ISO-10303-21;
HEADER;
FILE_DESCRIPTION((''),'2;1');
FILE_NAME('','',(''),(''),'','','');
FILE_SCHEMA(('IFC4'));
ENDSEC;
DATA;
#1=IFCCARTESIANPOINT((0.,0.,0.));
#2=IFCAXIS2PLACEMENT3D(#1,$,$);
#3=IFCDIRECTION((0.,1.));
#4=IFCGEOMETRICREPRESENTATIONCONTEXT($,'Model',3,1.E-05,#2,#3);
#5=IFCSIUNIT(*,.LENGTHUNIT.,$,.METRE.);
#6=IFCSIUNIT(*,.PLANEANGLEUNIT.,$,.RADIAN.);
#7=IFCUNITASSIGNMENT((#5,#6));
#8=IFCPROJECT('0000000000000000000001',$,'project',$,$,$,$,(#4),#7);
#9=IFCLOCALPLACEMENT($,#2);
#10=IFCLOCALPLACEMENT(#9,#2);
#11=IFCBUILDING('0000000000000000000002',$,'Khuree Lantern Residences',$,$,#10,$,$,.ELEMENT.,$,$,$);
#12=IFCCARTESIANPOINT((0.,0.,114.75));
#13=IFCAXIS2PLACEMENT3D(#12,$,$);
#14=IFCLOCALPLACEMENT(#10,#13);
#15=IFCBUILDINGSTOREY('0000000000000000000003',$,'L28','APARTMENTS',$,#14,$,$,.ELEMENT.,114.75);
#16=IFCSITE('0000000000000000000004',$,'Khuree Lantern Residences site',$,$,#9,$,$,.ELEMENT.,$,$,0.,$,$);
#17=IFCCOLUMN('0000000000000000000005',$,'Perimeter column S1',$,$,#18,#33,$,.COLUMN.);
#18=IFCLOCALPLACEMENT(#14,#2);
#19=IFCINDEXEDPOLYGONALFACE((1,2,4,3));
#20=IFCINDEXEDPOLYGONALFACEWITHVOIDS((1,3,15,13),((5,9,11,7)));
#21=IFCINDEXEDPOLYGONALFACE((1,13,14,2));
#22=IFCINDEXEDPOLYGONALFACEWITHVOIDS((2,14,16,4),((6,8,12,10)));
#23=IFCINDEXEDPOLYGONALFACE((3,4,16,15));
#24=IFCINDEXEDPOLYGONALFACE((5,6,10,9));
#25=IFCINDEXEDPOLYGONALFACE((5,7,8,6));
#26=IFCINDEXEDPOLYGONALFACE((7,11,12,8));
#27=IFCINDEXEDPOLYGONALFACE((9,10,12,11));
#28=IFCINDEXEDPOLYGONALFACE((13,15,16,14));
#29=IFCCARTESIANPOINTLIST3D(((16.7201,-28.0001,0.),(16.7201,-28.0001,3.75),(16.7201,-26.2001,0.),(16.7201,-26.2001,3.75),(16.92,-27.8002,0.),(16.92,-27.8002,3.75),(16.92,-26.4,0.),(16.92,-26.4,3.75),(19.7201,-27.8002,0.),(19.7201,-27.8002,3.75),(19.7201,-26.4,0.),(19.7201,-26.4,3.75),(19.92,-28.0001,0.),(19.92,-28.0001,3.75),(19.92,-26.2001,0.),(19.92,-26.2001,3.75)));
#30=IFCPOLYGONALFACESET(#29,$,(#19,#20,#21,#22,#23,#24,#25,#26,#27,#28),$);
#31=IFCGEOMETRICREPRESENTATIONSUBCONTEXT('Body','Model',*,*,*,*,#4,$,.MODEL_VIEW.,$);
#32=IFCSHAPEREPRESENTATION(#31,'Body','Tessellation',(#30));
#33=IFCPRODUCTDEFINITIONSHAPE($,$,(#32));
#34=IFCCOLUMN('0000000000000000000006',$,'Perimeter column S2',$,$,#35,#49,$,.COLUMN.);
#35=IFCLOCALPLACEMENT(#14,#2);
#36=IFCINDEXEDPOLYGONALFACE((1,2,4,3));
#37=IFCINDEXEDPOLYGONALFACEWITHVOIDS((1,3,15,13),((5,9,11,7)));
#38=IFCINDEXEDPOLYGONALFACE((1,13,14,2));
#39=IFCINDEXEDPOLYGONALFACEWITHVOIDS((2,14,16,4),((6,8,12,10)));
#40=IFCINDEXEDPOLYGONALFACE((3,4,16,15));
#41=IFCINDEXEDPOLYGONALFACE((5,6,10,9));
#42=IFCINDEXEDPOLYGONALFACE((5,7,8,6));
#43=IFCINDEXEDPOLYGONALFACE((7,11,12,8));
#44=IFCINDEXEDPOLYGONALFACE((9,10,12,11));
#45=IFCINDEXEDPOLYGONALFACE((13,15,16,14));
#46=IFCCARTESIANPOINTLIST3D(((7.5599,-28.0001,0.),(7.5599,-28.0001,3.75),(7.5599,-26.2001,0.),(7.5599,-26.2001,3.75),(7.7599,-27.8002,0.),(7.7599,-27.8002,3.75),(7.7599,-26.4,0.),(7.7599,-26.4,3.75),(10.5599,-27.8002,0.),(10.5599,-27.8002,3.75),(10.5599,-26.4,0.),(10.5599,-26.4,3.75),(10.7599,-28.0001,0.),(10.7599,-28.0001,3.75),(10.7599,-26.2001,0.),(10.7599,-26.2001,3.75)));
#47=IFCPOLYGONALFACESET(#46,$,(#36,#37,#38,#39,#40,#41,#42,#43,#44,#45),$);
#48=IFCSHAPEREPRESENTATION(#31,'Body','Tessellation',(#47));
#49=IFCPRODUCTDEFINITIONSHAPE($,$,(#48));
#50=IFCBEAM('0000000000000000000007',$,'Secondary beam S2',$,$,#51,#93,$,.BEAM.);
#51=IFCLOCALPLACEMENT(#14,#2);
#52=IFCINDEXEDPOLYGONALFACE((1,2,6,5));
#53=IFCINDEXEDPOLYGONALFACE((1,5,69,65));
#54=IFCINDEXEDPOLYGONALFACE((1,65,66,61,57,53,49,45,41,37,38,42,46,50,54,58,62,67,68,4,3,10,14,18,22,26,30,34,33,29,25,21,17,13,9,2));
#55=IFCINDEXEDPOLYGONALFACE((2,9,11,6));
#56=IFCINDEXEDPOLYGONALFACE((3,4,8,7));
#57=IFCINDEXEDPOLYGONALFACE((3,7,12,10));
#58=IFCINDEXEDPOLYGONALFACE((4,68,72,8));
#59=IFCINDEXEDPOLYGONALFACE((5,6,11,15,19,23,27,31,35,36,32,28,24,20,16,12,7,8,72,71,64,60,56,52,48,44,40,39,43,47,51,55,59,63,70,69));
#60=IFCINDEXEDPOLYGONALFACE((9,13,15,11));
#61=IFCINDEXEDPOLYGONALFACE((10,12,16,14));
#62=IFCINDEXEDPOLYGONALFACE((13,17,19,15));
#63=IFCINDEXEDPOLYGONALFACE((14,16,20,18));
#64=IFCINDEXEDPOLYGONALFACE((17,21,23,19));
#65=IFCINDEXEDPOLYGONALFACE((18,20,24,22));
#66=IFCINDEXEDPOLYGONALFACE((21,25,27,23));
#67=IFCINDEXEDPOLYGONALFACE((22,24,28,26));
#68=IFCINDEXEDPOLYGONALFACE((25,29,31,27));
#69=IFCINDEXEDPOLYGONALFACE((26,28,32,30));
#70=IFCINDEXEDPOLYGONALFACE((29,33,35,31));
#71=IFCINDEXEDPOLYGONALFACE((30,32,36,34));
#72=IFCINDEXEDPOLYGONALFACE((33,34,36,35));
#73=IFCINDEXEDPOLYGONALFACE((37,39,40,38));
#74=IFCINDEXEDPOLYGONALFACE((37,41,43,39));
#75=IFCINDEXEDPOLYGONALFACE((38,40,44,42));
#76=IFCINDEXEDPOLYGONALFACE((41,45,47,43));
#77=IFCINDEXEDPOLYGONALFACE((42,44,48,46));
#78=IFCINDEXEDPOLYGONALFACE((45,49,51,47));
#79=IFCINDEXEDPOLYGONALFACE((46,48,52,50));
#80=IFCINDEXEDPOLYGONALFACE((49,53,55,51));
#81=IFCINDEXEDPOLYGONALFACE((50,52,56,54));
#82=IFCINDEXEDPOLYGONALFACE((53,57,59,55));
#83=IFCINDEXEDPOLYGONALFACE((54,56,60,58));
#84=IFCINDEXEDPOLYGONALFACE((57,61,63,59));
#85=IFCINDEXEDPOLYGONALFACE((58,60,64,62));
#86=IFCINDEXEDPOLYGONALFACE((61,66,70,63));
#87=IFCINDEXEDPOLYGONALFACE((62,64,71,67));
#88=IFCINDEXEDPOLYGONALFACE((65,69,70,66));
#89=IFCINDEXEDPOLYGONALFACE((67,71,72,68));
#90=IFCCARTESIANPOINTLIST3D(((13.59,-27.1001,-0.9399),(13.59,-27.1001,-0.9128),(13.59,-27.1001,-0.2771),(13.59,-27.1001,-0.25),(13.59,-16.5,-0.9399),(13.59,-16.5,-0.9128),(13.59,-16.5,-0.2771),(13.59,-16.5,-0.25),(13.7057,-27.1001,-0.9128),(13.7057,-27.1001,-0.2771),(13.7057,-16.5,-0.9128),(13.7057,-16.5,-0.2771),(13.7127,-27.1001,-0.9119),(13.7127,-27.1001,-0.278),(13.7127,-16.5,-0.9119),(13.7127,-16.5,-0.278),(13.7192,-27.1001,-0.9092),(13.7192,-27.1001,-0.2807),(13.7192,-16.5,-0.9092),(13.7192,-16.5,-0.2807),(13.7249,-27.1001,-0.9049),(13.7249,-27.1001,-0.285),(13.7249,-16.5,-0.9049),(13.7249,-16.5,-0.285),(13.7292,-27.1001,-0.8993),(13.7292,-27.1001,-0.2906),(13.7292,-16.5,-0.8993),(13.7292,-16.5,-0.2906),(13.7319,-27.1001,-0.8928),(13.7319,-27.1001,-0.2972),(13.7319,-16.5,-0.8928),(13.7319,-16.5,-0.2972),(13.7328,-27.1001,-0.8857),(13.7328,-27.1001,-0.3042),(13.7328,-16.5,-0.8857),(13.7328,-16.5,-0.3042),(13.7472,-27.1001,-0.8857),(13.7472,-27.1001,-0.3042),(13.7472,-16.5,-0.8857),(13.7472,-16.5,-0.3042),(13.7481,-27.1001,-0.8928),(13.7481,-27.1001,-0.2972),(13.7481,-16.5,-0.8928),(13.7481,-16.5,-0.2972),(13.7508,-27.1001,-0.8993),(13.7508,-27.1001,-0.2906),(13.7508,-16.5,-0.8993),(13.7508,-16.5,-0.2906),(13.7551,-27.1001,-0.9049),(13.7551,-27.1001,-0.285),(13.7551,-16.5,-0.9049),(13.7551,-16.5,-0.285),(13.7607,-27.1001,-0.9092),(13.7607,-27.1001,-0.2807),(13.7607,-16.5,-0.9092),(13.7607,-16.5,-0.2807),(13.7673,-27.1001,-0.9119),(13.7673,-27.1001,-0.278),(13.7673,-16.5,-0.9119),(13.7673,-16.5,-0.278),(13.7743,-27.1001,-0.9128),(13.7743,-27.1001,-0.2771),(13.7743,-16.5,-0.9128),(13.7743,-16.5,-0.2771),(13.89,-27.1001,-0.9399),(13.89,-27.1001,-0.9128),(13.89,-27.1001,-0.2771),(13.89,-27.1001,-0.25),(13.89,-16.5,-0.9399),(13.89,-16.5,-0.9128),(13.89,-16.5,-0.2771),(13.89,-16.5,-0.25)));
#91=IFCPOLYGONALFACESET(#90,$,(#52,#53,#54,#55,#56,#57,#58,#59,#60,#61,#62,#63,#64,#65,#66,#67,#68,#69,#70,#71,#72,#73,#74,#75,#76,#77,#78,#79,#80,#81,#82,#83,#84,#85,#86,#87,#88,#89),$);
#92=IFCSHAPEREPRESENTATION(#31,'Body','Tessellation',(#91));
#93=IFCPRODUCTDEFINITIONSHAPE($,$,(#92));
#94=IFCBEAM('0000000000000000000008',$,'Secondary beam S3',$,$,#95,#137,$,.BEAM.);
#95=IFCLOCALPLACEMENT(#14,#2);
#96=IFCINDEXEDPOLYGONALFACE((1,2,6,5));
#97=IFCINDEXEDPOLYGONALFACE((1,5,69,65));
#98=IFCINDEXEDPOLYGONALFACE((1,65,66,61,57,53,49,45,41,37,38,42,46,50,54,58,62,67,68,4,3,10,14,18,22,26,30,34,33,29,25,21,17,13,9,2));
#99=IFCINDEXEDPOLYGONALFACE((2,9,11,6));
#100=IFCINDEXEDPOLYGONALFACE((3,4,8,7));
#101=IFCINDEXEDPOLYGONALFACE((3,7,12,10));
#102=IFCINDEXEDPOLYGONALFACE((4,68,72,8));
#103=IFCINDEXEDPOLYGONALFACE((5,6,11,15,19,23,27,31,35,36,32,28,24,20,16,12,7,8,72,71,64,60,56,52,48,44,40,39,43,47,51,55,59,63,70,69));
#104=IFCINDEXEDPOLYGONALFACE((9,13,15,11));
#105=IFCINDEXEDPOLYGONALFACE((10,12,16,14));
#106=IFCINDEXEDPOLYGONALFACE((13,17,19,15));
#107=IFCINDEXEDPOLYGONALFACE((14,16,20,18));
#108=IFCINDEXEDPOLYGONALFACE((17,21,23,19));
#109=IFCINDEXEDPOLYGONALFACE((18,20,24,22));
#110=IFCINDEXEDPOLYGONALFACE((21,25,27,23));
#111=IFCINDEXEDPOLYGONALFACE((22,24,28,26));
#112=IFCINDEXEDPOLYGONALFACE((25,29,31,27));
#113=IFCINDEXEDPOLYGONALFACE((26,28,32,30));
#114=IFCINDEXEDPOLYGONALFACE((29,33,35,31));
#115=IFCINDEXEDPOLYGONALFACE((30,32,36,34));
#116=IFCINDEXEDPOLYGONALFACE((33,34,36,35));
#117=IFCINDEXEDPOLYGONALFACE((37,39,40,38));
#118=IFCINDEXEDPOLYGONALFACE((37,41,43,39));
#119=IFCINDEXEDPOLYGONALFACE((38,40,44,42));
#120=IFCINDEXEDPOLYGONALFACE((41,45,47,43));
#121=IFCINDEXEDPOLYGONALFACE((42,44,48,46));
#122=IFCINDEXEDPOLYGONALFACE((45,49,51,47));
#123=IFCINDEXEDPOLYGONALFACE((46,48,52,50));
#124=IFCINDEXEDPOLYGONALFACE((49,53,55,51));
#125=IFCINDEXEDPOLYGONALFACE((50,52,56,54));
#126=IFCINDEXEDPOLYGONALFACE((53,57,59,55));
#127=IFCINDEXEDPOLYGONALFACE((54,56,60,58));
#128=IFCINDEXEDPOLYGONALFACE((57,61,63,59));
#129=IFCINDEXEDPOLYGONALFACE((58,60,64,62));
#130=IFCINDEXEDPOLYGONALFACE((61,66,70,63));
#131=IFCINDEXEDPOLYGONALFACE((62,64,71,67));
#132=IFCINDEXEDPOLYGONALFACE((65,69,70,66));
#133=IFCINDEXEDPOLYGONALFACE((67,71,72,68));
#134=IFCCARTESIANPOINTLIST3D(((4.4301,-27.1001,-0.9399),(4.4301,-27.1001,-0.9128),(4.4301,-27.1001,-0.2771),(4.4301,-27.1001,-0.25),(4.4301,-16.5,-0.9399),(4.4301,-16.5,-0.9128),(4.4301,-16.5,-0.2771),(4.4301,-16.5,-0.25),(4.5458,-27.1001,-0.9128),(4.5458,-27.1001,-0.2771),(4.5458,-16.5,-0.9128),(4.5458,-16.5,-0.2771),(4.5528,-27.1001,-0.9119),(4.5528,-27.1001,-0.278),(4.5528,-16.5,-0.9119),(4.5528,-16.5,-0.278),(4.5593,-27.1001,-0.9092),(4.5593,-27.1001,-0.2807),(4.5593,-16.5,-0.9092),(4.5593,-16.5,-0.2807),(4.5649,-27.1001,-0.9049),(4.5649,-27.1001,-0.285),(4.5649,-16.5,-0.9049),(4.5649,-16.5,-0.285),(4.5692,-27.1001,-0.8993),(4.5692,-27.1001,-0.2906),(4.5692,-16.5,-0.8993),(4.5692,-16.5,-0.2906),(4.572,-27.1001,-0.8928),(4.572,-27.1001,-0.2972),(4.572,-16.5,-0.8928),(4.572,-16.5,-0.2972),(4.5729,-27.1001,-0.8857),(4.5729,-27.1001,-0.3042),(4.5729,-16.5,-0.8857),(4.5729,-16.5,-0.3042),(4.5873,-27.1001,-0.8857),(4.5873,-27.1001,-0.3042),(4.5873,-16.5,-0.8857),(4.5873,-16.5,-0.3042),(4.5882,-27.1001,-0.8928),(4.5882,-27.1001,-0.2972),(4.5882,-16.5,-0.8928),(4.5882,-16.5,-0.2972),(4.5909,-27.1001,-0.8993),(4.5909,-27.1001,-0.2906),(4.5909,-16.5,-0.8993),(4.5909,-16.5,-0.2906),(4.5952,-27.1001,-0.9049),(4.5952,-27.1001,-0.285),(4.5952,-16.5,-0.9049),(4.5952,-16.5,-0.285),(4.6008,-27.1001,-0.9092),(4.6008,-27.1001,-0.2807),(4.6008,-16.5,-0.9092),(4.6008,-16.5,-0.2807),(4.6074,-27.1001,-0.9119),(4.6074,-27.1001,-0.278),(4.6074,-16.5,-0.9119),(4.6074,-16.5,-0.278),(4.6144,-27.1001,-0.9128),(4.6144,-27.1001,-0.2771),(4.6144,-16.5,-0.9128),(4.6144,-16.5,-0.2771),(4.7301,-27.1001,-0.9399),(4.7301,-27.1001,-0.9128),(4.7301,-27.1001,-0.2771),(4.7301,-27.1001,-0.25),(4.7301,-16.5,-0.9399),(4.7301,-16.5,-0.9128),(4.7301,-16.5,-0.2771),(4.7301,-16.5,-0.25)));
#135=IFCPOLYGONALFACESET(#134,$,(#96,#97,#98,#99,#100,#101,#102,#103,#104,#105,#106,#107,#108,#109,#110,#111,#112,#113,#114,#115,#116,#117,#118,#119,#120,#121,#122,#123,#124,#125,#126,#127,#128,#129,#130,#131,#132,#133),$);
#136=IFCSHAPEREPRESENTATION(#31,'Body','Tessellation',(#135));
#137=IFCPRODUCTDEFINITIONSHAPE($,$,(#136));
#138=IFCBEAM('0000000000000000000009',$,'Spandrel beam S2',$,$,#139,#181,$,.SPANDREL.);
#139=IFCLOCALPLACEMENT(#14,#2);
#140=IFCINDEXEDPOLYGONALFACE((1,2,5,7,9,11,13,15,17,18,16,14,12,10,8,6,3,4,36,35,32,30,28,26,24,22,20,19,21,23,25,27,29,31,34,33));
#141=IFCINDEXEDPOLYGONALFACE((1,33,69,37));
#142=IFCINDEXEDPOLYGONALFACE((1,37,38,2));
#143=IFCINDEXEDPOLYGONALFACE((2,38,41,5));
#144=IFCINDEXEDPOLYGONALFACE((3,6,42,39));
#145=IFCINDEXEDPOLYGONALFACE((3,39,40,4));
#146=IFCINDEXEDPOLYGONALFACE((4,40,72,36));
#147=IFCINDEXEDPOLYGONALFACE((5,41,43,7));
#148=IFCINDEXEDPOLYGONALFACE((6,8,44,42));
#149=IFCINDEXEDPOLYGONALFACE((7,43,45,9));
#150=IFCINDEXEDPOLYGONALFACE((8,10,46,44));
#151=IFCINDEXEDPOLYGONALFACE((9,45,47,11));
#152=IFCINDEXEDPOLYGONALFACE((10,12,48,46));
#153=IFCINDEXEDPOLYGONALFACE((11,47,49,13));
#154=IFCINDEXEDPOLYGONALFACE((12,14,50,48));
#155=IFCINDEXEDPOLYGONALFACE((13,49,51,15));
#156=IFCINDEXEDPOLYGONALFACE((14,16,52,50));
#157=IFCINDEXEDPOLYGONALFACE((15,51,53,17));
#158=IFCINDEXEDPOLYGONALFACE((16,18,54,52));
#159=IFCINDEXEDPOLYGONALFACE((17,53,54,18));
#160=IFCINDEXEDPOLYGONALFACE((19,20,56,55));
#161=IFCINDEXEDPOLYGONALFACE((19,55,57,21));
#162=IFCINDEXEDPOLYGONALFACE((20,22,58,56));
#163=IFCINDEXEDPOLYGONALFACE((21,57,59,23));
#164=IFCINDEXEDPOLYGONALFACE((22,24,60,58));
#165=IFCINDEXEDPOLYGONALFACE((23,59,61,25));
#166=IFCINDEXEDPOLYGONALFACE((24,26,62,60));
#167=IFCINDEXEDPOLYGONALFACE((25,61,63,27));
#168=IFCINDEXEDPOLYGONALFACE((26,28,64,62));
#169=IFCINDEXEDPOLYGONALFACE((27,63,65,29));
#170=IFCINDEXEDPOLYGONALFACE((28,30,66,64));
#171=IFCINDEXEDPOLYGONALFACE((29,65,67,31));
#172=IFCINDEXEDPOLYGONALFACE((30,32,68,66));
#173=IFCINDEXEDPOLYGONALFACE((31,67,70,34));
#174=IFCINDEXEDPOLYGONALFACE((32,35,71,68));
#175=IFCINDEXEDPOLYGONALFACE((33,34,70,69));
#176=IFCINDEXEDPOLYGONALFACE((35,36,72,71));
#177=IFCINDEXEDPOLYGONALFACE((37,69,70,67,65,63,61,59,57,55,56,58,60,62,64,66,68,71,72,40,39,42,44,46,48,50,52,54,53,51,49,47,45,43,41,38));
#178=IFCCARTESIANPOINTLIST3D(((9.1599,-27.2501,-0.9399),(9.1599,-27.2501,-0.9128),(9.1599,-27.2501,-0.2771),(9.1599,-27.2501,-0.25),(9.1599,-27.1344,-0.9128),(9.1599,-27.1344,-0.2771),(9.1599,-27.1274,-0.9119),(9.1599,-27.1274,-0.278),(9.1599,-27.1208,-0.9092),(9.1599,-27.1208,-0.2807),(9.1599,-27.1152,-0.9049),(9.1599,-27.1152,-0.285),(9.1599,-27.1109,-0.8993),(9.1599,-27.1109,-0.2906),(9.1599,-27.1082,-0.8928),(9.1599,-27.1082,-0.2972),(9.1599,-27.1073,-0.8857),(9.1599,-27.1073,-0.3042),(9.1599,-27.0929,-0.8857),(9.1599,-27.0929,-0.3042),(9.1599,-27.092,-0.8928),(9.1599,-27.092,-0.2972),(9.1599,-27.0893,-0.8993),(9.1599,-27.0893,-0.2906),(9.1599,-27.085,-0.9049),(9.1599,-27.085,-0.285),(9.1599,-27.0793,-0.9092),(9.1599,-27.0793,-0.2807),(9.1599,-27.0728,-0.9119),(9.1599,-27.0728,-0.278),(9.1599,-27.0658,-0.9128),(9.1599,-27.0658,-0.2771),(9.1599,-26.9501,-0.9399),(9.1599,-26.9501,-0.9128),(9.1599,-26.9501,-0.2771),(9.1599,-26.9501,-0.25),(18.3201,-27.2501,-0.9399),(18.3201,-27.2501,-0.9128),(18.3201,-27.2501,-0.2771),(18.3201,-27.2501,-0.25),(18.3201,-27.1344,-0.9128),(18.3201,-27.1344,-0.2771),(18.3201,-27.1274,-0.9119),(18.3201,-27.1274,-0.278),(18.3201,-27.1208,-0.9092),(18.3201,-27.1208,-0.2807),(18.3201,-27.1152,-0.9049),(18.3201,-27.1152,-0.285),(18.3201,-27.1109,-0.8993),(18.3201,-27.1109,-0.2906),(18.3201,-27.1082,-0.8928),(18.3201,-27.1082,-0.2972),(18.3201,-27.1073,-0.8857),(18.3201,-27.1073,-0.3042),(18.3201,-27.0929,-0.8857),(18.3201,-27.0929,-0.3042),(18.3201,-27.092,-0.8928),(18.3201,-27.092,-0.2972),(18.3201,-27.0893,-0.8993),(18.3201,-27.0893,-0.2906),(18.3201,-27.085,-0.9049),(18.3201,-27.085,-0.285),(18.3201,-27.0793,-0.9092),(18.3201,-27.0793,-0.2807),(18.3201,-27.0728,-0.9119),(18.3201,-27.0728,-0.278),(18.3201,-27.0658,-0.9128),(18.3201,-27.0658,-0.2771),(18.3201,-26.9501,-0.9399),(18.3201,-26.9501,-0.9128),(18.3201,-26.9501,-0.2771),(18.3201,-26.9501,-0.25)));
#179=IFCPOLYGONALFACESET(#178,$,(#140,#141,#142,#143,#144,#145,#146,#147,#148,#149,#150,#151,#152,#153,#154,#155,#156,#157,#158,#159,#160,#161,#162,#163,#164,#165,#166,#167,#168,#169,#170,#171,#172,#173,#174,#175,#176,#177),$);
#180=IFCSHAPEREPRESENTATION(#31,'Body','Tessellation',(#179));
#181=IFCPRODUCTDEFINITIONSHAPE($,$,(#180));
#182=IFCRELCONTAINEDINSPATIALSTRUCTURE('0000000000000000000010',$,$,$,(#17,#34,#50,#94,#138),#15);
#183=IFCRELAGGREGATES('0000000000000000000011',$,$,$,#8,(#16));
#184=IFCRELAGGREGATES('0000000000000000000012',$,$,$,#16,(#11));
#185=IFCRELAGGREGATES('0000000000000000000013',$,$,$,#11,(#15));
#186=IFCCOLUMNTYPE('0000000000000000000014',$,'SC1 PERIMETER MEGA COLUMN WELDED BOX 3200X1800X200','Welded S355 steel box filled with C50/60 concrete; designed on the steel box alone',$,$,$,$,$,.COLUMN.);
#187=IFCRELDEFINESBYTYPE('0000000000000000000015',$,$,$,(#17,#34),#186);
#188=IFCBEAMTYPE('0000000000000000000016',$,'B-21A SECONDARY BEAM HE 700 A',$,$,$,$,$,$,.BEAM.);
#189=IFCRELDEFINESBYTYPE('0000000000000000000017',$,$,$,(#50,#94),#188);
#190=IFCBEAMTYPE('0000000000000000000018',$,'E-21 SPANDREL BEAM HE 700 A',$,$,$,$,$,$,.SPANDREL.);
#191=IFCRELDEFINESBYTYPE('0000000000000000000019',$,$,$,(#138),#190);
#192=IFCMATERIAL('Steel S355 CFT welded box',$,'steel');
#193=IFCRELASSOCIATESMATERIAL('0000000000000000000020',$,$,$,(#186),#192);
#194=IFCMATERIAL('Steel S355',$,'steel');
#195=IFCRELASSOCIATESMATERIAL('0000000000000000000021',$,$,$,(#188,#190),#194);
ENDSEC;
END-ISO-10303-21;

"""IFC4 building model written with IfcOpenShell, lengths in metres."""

from ifc_helpers import new_model, si_unit, direction, frame, origin, origin_2d, place, context, subcontext, project, spatial, hollow_rectangle, i_section, extrude, material, material_profile, profile_set, type_object, element, save


model = new_model("IFC4")

# Units and contexts
model_context = context("Model", 3, precision=1e-05, world=origin(), true_north=direction((0.0, 1.0)))
body_context = subcontext(model_context, "Body", "Model", "MODEL_VIEW")
ifc_project = project(units=[si_unit("LENGTHUNIT", "METRE"), si_unit("PLANEANGLEUNIT", "RADIAN")], contexts=[model_context])

# Site, building, storey
site_placement = place(None, origin())
site = spatial("IfcSite", under=ifc_project, at=site_placement, Name="Khuree Lantern Residences site", CompositionType="ELEMENT", RefElevation=0.0)
building_placement = place(site_placement, origin())
building = spatial("IfcBuilding", under=site, at=building_placement, Name="Khuree Lantern Residences", CompositionType="ELEMENT")
storey_placement = place(building_placement, frame((0.0, 0.0, 114.75)))
storey = spatial("IfcBuildingStorey", under=building, at=storey_placement, Name="L28", Description="APARTMENTS", CompositionType="ELEMENT", Elevation=114.75)

# Columns
ifc_material_1 = material(Name="Steel S355 CFT welded box", Category="steel")
ifc_material_profile_1 = material_profile(ifc_material_1, hollow_rectangle(XDim=3.2, YDim=1.8, WallThickness=0.2, at=origin_2d()), Name="WELDED BOX 3200X1800X200")
ifc_profile_set_1 = profile_set([ifc_material_profile_1], Name="Steel S355 CFT welded box")
column_type = type_object("IfcColumnType", Name="SC1 PERIMETER MEGA COLUMN WELDED BOX 3200X1800X200", Description="Welded S355 steel box filled with C50/60 concrete; designed on the steel box alone", PredefinedType="COLUMN", material=ifc_profile_set_1)
for number, where, z_axis, x_axis, name in (
    (1, (18.3201, -27.1001, 0.0), (0.0, 0.0, 1.0), (1.0, 0.0, 0.0), "Perimeter column S1"),
    (2, (9.1599, -27.1001, 0.0), (0.0, 0.0, 1.0), (1.0, 0.0, 0.0), "Perimeter column S2"),
):
    element("IfcColumn", number, at=place(storey_placement, frame(where, z_axis=z_axis, x_axis=x_axis)), inside=storey, type_object=column_type, Name=name, PredefinedType="COLUMN", context=body_context, shape_type="SweptSolid", body=[
        extrude(hollow_rectangle(XDim=3.2, YDim=1.8, WallThickness=0.2, at=origin_2d()), origin(), (0.0, 0.0, 1.0), 3.75),
    ])

# Beams
ifc_material_2 = material(Name="Steel S355", Category="steel")
ifc_material_profile_2 = material_profile(ifc_material_2, i_section(OverallWidth=0.3, OverallDepth=0.6899, WebThickness=0.0144, FlangeThickness=0.0271, FilletRadius=0.0271, at=origin_2d()), Name="HE 700 A")
ifc_profile_set_2 = profile_set([ifc_material_profile_2], Name="Steel S355")
beam_type_1 = type_object("IfcBeamType", Name="B-21A SECONDARY BEAM HE 700 A", PredefinedType="BEAM", material=ifc_profile_set_2)
for number, where, z_axis, x_axis, name in (
    (3, (13.74, -27.1001, -0.595), (0.0, 1.0, 0.0), (-1.0, 0.0, 0.0), "Secondary beam S2"),
    (4, (4.5801, -27.1001, -0.595), (0.0, 1.0, 0.0), (-1.0, 0.0, 0.0), "Secondary beam S3"),
):
    element("IfcBeam", number, at=place(storey_placement, frame(where, z_axis=z_axis, x_axis=x_axis)), inside=storey, type_object=beam_type_1, Name=name, PredefinedType="BEAM", context=body_context, shape_type="SweptSolid", body=[
        extrude(i_section(OverallWidth=0.3, OverallDepth=0.6899, WebThickness=0.0144, FlangeThickness=0.0271, FilletRadius=0.0271, at=origin_2d()), origin(), (0.0, 0.0, 1.0), 10.6001),
    ])
ifc_material_profile_3 = material_profile(ifc_material_2, i_section(OverallWidth=0.3, OverallDepth=0.6899, WebThickness=0.0144, FlangeThickness=0.0271, FilletRadius=0.0271, at=origin_2d()), Name="HE 700 A")
ifc_profile_set_3 = profile_set([ifc_material_profile_3], Name="Steel S355")
beam_type_2 = type_object("IfcBeamType", Name="E-21 SPANDREL BEAM HE 700 A", PredefinedType="SPANDREL", material=ifc_profile_set_3)
beam_1_placement = place(storey_placement, frame((18.3201, -27.1001, -0.595), z_axis=(-1.0, 0.0, 0.0), x_axis=(0.0, -1.0, 0.0)))
element("IfcBeam", 5, at=beam_1_placement, inside=storey, type_object=beam_type_2, Name="Spandrel beam S2", PredefinedType="SPANDREL", context=body_context, shape_type="SweptSolid", body=[
    extrude(i_section(OverallWidth=0.3, OverallDepth=0.6899, WebThickness=0.0144, FlangeThickness=0.0271, FilletRadius=0.0271, at=origin_2d()), origin(), (0.0, 0.0, 1.0), 9.1602),
])

save(model, "model.ifc")
